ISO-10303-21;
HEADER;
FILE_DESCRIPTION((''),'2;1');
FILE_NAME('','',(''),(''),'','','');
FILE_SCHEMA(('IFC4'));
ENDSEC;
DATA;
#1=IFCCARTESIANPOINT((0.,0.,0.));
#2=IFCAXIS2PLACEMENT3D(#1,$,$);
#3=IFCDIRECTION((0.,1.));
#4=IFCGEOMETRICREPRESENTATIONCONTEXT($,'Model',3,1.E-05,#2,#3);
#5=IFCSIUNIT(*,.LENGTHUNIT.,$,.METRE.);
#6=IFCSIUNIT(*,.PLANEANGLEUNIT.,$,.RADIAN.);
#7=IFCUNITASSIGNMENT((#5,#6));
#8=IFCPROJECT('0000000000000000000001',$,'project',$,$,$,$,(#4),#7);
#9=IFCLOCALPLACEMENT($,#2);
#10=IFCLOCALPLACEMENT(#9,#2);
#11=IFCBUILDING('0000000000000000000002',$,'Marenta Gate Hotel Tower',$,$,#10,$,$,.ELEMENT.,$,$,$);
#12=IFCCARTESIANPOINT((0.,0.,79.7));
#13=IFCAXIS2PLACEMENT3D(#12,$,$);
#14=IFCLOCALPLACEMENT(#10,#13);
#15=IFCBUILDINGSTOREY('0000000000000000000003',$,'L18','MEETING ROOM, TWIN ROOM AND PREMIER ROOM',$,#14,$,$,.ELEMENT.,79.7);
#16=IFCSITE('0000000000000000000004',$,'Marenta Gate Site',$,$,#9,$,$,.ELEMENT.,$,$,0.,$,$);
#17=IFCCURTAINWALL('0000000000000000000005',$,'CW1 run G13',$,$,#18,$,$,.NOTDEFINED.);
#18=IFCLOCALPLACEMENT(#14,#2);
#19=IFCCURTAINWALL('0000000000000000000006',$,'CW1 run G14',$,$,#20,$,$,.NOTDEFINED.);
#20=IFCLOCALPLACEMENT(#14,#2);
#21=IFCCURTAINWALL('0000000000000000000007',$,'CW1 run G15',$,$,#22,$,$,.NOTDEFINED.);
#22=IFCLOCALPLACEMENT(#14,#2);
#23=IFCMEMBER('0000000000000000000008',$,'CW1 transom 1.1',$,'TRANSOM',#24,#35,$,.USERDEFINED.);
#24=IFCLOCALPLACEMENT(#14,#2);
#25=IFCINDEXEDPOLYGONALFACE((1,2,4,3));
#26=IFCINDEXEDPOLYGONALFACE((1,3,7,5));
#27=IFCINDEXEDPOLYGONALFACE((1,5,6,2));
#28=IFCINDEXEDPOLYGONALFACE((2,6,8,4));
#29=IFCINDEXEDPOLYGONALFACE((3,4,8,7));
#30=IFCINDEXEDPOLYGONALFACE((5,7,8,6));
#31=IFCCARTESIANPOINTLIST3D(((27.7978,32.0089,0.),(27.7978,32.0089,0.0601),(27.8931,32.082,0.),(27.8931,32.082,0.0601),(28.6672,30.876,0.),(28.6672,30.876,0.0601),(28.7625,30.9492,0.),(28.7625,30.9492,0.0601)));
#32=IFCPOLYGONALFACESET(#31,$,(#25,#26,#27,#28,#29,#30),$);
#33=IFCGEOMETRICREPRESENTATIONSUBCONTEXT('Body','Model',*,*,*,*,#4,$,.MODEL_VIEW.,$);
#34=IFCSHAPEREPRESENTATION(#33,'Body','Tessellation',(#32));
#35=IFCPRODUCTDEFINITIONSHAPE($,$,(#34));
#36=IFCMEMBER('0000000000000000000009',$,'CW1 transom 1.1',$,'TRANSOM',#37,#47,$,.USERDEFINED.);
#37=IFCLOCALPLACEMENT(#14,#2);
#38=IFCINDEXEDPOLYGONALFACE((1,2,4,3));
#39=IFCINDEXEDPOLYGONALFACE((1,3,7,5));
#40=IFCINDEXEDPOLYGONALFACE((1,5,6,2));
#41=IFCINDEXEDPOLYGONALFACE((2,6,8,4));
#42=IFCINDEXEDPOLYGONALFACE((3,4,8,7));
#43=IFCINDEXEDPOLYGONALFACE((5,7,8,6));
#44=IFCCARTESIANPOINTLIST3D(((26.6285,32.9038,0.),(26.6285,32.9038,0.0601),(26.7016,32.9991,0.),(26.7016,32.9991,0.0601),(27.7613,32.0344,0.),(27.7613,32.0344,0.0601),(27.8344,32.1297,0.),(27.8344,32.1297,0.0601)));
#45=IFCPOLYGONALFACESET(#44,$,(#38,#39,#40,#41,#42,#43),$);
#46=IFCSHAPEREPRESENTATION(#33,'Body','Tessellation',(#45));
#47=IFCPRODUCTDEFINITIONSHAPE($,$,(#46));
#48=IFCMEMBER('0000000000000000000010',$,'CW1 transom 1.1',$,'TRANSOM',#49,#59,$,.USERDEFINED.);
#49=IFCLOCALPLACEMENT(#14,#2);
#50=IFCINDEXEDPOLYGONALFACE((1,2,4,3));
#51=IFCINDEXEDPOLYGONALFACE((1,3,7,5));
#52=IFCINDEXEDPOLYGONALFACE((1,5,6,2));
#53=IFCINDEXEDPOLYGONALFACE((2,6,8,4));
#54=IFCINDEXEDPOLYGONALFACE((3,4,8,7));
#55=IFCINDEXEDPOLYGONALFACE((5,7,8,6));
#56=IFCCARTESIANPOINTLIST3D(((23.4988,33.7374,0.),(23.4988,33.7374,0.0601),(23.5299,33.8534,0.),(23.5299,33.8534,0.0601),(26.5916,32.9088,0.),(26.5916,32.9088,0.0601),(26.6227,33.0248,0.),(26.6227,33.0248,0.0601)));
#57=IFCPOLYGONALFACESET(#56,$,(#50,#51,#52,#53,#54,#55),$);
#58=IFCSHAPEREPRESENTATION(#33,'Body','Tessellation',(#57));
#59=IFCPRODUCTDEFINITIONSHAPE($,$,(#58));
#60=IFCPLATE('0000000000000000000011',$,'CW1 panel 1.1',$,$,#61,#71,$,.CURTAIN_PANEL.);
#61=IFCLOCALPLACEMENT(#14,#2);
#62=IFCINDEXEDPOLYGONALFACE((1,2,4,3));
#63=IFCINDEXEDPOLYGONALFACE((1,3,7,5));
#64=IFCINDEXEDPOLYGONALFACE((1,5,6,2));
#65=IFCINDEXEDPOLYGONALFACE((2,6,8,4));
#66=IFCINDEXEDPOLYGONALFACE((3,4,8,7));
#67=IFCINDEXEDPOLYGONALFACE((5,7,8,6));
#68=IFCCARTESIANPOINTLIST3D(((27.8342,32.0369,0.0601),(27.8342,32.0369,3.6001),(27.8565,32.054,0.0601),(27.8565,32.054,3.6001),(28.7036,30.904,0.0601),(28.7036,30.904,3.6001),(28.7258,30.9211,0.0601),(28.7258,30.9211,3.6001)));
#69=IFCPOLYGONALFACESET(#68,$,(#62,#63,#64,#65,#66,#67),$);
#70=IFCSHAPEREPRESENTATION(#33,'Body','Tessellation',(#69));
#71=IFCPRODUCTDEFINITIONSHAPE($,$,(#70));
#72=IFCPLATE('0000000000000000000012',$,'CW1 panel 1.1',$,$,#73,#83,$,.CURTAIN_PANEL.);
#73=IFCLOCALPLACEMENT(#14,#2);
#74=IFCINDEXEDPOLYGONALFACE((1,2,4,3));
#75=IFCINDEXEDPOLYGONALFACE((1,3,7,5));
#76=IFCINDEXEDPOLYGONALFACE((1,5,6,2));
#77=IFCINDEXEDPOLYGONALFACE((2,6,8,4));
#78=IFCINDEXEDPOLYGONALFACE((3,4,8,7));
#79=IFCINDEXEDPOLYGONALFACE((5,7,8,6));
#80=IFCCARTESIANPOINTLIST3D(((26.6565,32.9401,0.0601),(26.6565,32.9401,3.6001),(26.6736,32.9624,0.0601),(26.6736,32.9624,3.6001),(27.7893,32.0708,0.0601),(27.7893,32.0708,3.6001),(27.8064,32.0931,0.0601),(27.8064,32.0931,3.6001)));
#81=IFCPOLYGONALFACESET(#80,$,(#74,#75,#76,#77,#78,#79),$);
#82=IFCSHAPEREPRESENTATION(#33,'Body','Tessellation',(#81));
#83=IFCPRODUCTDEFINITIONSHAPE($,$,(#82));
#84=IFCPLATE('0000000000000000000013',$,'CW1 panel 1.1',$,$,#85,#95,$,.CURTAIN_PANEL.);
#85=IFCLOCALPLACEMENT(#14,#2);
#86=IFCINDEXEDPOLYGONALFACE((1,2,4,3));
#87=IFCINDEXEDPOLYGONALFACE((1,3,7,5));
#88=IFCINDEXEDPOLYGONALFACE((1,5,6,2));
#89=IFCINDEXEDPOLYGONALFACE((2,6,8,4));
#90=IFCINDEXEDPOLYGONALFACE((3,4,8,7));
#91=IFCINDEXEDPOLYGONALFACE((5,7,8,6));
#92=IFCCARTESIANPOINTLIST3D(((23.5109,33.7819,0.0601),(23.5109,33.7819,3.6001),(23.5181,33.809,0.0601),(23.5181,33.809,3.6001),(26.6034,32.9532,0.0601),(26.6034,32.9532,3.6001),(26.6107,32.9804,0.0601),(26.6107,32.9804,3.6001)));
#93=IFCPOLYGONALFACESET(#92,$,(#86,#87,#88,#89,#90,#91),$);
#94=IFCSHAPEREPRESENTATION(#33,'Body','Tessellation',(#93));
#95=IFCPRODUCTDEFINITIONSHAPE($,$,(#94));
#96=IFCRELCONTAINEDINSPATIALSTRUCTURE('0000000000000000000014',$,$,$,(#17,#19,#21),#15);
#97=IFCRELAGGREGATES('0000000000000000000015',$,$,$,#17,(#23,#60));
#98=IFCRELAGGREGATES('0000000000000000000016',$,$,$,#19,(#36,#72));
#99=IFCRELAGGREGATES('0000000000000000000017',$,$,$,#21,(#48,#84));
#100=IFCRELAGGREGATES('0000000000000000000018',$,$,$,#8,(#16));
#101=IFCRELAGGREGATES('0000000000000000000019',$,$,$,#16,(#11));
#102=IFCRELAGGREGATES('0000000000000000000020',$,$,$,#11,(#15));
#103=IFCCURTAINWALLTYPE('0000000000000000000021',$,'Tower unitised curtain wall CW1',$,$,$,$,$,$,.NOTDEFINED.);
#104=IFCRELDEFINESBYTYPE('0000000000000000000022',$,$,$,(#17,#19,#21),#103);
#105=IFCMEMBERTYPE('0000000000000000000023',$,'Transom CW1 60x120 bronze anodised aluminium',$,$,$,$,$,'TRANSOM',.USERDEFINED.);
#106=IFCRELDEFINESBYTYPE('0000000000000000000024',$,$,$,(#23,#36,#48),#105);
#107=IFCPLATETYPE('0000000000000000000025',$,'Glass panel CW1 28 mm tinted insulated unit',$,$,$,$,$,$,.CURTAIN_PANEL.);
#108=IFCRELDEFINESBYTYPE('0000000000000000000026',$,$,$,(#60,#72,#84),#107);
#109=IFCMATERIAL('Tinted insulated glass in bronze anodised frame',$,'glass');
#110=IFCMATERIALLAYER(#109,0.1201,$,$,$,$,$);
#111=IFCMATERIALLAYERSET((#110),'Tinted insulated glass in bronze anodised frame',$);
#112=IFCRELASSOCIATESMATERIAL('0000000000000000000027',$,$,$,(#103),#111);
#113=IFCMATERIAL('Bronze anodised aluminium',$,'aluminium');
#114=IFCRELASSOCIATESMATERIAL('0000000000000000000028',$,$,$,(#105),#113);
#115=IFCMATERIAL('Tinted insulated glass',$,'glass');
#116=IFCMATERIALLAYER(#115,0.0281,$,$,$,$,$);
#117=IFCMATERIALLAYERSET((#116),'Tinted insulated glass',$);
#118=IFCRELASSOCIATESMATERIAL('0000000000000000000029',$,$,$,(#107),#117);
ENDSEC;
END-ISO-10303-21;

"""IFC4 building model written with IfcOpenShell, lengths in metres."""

from ifc_helpers import new_model, si_unit, direction, frame, origin, origin_2d, place, context, subcontext, project, spatial, rectangle, extrude, material, layer, layer_set, material_profile, profile_set, type_object, element, aggregate, save


model = new_model("IFC4")

# Units and contexts
model_context = context("Model", 3, precision=1e-05, world=origin(), true_north=direction((0.0, 1.0)))
body_context = subcontext(model_context, "Body", "Model", "MODEL_VIEW")
ifc_project = project(units=[si_unit("LENGTHUNIT", "METRE"), si_unit("PLANEANGLEUNIT", "RADIAN")], contexts=[model_context])

# Site, building, storey
site_placement = place(None, origin())
site = spatial("IfcSite", under=ifc_project, at=site_placement, Name="Marenta Gate Site", CompositionType="ELEMENT", RefElevation=0.0)
building_placement = place(site_placement, origin())
building = spatial("IfcBuilding", under=site, at=building_placement, Name="Marenta Gate Hotel Tower", CompositionType="ELEMENT")
storey_placement = place(building_placement, frame((0.0, 0.0, 79.7)))
storey = spatial("IfcBuildingStorey", under=building, at=storey_placement, Name="L18", Description="MEETING ROOM, TWIN ROOM AND PREMIER ROOM", CompositionType="ELEMENT", Elevation=79.7)

# Curtain walls
ifc_material_1 = material(Name="Tinted insulated glass in bronze anodised frame", Category="glass")
ifc_layer_1 = layer(ifc_material_1, 0.1201)
ifc_layer_set_1 = layer_set([ifc_layer_1], Name="Tinted insulated glass in bronze anodised frame")
curtain_wall_type = type_object("IfcCurtainWallType", Name="Tower unitised curtain wall CW1", PredefinedType="NOTDEFINED", material=ifc_layer_set_1)
curtain_wall_1_placement = place(storey_placement, origin())
curtain_wall_1 = element("IfcCurtainWall", 1, at=curtain_wall_1_placement, inside=storey, type_object=curtain_wall_type, Name="CW1 run G13", PredefinedType="NOTDEFINED")
curtain_wall_2_placement = place(storey_placement, origin())
curtain_wall_2 = element("IfcCurtainWall", 2, at=curtain_wall_2_placement, inside=storey, type_object=curtain_wall_type, Name="CW1 run G14", PredefinedType="NOTDEFINED")

# Curtain wall
curtain_wall_3_placement = place(storey_placement, origin())
curtain_wall_3 = element("IfcCurtainWall", 3, at=curtain_wall_3_placement, inside=storey, type_object=curtain_wall_type, Name="CW1 run G15", PredefinedType="NOTDEFINED")

# Members
ifc_material_2 = material(Name="Bronze anodised aluminium", Category="aluminium")
ifc_material_profile_1 = material_profile(ifc_material_2, rectangle(XDim=0.1201, YDim=0.0601, at=origin_2d()), Name="Transom CW1 60x120 bronze anodised aluminium")
ifc_profile_set_1 = profile_set([ifc_material_profile_1], Name="Bronze anodised aluminium")
member_type_1 = type_object("IfcMemberType", Name="Transom CW1 60x120 bronze anodised aluminium", ElementType="TRANSOM", PredefinedType="USERDEFINED", material=ifc_profile_set_1)
member_1_placement = place(storey_placement, frame((28.7148, 30.9126, 0.03), z_axis=(-0.608826, 0.793304, 0.0), x_axis=(-0.793304, -0.608826, 0.0)))
member_1 = element("IfcMember", 4, at=member_1_placement, type_object=member_type_1, Name="CW1 transom 1.1", ObjectType="TRANSOM", PredefinedType="USERDEFINED", context=body_context, shape_type="SweptSolid", body=[
    extrude(rectangle(XDim=0.1201, YDim=0.0601, at=origin_2d()), origin(), (0.0, 0.0, 1.0), 1.428),
])
member_2_placement = place(storey_placement, frame((27.7979, 32.082, 0.03), z_axis=(-0.793304, 0.608826, 0.0), x_axis=(-0.608826, -0.793304, 0.0)))
member_2 = element("IfcMember", 5, at=member_2_placement, type_object=member_type_1, Name="CW1 transom 1.1", ObjectType="TRANSOM", PredefinedType="USERDEFINED", context=body_context, shape_type="SweptSolid", body=[
    extrude(rectangle(XDim=0.1201, YDim=0.0601, at=origin_2d()), origin(), (0.0, 0.0, 1.0), 1.428),
])
member_3_placement = place(storey_placement, frame((26.6072, 32.9668, 0.03), z_axis=(-0.965933, 0.258792, 0.0), x_axis=(-0.258792, -0.965933, 0.0)))
member_3 = element("IfcMember", 6, at=member_3_placement, type_object=member_type_1, Name="CW1 transom 1.1", ObjectType="TRANSOM", PredefinedType="USERDEFINED", context=body_context, shape_type="SweptSolid", body=[
    extrude(rectangle(XDim=0.1201, YDim=0.0601, at=origin_2d()), origin(), (0.0, 0.0, 1.0), 3.2019),
])

# Plates
ifc_material_3 = material(Name="Tinted insulated glass", Category="glass")
ifc_layer_2 = layer(ifc_material_3, 0.0281)
ifc_layer_set_2 = layer_set([ifc_layer_2], Name="Tinted insulated glass")
plate_type = type_object("IfcPlateType", Name="Glass panel CW1 28 mm tinted insulated unit", PredefinedType="CURTAIN_PANEL", material=ifc_layer_set_2)
plate_1_placement = place(storey_placement, frame((28.28, 31.479, 0.0601), z_axis=(0.0, 0.0, 1.0), x_axis=(-0.608781, 0.793338, 0.0)))
plate_1 = element("IfcPlate", 7, at=plate_1_placement, type_object=plate_type, Name="CW1 panel 1.1", PredefinedType="CURTAIN_PANEL", context=body_context, shape_type="SweptSolid", body=[
    extrude(rectangle(XDim=1.428, YDim=0.0281, at=origin_2d()), origin(), (0.0, 0.0, 1.0), 3.54),
])
aggregate(curtain_wall_1, [member_1, plate_1])
plate_2_placement = place(storey_placement, frame((27.2314, 32.5166, 0.0601), z_axis=(0.0, 0.0, 1.0), x_axis=(-0.793338, 0.608781, 0.0)))
plate_2 = element("IfcPlate", 8, at=plate_2_placement, type_object=plate_type, Name="CW1 panel 1.1", PredefinedType="CURTAIN_PANEL", context=body_context, shape_type="SweptSolid", body=[
    extrude(rectangle(XDim=1.428, YDim=0.0281, at=origin_2d()), origin(), (0.0, 0.0, 1.0), 3.54),
])
aggregate(curtain_wall_2, [member_2, plate_2])
plate_3_placement = place(storey_placement, frame((25.0608, 33.3811, 0.0601), z_axis=(0.0, 0.0, 1.0), x_axis=(-0.965929, 0.258807, 0.0)))
plate_3 = element("IfcPlate", 9, at=plate_3_placement, type_object=plate_type, Name="CW1 panel 1.1", PredefinedType="CURTAIN_PANEL", context=body_context, shape_type="SweptSolid", body=[
    extrude(rectangle(XDim=3.2017, YDim=0.0281, at=origin_2d()), origin(), (0.0, 0.0, 1.0), 3.54),
])
aggregate(curtain_wall_3, [member_3, plate_3])

save(model, "model.ifc")
